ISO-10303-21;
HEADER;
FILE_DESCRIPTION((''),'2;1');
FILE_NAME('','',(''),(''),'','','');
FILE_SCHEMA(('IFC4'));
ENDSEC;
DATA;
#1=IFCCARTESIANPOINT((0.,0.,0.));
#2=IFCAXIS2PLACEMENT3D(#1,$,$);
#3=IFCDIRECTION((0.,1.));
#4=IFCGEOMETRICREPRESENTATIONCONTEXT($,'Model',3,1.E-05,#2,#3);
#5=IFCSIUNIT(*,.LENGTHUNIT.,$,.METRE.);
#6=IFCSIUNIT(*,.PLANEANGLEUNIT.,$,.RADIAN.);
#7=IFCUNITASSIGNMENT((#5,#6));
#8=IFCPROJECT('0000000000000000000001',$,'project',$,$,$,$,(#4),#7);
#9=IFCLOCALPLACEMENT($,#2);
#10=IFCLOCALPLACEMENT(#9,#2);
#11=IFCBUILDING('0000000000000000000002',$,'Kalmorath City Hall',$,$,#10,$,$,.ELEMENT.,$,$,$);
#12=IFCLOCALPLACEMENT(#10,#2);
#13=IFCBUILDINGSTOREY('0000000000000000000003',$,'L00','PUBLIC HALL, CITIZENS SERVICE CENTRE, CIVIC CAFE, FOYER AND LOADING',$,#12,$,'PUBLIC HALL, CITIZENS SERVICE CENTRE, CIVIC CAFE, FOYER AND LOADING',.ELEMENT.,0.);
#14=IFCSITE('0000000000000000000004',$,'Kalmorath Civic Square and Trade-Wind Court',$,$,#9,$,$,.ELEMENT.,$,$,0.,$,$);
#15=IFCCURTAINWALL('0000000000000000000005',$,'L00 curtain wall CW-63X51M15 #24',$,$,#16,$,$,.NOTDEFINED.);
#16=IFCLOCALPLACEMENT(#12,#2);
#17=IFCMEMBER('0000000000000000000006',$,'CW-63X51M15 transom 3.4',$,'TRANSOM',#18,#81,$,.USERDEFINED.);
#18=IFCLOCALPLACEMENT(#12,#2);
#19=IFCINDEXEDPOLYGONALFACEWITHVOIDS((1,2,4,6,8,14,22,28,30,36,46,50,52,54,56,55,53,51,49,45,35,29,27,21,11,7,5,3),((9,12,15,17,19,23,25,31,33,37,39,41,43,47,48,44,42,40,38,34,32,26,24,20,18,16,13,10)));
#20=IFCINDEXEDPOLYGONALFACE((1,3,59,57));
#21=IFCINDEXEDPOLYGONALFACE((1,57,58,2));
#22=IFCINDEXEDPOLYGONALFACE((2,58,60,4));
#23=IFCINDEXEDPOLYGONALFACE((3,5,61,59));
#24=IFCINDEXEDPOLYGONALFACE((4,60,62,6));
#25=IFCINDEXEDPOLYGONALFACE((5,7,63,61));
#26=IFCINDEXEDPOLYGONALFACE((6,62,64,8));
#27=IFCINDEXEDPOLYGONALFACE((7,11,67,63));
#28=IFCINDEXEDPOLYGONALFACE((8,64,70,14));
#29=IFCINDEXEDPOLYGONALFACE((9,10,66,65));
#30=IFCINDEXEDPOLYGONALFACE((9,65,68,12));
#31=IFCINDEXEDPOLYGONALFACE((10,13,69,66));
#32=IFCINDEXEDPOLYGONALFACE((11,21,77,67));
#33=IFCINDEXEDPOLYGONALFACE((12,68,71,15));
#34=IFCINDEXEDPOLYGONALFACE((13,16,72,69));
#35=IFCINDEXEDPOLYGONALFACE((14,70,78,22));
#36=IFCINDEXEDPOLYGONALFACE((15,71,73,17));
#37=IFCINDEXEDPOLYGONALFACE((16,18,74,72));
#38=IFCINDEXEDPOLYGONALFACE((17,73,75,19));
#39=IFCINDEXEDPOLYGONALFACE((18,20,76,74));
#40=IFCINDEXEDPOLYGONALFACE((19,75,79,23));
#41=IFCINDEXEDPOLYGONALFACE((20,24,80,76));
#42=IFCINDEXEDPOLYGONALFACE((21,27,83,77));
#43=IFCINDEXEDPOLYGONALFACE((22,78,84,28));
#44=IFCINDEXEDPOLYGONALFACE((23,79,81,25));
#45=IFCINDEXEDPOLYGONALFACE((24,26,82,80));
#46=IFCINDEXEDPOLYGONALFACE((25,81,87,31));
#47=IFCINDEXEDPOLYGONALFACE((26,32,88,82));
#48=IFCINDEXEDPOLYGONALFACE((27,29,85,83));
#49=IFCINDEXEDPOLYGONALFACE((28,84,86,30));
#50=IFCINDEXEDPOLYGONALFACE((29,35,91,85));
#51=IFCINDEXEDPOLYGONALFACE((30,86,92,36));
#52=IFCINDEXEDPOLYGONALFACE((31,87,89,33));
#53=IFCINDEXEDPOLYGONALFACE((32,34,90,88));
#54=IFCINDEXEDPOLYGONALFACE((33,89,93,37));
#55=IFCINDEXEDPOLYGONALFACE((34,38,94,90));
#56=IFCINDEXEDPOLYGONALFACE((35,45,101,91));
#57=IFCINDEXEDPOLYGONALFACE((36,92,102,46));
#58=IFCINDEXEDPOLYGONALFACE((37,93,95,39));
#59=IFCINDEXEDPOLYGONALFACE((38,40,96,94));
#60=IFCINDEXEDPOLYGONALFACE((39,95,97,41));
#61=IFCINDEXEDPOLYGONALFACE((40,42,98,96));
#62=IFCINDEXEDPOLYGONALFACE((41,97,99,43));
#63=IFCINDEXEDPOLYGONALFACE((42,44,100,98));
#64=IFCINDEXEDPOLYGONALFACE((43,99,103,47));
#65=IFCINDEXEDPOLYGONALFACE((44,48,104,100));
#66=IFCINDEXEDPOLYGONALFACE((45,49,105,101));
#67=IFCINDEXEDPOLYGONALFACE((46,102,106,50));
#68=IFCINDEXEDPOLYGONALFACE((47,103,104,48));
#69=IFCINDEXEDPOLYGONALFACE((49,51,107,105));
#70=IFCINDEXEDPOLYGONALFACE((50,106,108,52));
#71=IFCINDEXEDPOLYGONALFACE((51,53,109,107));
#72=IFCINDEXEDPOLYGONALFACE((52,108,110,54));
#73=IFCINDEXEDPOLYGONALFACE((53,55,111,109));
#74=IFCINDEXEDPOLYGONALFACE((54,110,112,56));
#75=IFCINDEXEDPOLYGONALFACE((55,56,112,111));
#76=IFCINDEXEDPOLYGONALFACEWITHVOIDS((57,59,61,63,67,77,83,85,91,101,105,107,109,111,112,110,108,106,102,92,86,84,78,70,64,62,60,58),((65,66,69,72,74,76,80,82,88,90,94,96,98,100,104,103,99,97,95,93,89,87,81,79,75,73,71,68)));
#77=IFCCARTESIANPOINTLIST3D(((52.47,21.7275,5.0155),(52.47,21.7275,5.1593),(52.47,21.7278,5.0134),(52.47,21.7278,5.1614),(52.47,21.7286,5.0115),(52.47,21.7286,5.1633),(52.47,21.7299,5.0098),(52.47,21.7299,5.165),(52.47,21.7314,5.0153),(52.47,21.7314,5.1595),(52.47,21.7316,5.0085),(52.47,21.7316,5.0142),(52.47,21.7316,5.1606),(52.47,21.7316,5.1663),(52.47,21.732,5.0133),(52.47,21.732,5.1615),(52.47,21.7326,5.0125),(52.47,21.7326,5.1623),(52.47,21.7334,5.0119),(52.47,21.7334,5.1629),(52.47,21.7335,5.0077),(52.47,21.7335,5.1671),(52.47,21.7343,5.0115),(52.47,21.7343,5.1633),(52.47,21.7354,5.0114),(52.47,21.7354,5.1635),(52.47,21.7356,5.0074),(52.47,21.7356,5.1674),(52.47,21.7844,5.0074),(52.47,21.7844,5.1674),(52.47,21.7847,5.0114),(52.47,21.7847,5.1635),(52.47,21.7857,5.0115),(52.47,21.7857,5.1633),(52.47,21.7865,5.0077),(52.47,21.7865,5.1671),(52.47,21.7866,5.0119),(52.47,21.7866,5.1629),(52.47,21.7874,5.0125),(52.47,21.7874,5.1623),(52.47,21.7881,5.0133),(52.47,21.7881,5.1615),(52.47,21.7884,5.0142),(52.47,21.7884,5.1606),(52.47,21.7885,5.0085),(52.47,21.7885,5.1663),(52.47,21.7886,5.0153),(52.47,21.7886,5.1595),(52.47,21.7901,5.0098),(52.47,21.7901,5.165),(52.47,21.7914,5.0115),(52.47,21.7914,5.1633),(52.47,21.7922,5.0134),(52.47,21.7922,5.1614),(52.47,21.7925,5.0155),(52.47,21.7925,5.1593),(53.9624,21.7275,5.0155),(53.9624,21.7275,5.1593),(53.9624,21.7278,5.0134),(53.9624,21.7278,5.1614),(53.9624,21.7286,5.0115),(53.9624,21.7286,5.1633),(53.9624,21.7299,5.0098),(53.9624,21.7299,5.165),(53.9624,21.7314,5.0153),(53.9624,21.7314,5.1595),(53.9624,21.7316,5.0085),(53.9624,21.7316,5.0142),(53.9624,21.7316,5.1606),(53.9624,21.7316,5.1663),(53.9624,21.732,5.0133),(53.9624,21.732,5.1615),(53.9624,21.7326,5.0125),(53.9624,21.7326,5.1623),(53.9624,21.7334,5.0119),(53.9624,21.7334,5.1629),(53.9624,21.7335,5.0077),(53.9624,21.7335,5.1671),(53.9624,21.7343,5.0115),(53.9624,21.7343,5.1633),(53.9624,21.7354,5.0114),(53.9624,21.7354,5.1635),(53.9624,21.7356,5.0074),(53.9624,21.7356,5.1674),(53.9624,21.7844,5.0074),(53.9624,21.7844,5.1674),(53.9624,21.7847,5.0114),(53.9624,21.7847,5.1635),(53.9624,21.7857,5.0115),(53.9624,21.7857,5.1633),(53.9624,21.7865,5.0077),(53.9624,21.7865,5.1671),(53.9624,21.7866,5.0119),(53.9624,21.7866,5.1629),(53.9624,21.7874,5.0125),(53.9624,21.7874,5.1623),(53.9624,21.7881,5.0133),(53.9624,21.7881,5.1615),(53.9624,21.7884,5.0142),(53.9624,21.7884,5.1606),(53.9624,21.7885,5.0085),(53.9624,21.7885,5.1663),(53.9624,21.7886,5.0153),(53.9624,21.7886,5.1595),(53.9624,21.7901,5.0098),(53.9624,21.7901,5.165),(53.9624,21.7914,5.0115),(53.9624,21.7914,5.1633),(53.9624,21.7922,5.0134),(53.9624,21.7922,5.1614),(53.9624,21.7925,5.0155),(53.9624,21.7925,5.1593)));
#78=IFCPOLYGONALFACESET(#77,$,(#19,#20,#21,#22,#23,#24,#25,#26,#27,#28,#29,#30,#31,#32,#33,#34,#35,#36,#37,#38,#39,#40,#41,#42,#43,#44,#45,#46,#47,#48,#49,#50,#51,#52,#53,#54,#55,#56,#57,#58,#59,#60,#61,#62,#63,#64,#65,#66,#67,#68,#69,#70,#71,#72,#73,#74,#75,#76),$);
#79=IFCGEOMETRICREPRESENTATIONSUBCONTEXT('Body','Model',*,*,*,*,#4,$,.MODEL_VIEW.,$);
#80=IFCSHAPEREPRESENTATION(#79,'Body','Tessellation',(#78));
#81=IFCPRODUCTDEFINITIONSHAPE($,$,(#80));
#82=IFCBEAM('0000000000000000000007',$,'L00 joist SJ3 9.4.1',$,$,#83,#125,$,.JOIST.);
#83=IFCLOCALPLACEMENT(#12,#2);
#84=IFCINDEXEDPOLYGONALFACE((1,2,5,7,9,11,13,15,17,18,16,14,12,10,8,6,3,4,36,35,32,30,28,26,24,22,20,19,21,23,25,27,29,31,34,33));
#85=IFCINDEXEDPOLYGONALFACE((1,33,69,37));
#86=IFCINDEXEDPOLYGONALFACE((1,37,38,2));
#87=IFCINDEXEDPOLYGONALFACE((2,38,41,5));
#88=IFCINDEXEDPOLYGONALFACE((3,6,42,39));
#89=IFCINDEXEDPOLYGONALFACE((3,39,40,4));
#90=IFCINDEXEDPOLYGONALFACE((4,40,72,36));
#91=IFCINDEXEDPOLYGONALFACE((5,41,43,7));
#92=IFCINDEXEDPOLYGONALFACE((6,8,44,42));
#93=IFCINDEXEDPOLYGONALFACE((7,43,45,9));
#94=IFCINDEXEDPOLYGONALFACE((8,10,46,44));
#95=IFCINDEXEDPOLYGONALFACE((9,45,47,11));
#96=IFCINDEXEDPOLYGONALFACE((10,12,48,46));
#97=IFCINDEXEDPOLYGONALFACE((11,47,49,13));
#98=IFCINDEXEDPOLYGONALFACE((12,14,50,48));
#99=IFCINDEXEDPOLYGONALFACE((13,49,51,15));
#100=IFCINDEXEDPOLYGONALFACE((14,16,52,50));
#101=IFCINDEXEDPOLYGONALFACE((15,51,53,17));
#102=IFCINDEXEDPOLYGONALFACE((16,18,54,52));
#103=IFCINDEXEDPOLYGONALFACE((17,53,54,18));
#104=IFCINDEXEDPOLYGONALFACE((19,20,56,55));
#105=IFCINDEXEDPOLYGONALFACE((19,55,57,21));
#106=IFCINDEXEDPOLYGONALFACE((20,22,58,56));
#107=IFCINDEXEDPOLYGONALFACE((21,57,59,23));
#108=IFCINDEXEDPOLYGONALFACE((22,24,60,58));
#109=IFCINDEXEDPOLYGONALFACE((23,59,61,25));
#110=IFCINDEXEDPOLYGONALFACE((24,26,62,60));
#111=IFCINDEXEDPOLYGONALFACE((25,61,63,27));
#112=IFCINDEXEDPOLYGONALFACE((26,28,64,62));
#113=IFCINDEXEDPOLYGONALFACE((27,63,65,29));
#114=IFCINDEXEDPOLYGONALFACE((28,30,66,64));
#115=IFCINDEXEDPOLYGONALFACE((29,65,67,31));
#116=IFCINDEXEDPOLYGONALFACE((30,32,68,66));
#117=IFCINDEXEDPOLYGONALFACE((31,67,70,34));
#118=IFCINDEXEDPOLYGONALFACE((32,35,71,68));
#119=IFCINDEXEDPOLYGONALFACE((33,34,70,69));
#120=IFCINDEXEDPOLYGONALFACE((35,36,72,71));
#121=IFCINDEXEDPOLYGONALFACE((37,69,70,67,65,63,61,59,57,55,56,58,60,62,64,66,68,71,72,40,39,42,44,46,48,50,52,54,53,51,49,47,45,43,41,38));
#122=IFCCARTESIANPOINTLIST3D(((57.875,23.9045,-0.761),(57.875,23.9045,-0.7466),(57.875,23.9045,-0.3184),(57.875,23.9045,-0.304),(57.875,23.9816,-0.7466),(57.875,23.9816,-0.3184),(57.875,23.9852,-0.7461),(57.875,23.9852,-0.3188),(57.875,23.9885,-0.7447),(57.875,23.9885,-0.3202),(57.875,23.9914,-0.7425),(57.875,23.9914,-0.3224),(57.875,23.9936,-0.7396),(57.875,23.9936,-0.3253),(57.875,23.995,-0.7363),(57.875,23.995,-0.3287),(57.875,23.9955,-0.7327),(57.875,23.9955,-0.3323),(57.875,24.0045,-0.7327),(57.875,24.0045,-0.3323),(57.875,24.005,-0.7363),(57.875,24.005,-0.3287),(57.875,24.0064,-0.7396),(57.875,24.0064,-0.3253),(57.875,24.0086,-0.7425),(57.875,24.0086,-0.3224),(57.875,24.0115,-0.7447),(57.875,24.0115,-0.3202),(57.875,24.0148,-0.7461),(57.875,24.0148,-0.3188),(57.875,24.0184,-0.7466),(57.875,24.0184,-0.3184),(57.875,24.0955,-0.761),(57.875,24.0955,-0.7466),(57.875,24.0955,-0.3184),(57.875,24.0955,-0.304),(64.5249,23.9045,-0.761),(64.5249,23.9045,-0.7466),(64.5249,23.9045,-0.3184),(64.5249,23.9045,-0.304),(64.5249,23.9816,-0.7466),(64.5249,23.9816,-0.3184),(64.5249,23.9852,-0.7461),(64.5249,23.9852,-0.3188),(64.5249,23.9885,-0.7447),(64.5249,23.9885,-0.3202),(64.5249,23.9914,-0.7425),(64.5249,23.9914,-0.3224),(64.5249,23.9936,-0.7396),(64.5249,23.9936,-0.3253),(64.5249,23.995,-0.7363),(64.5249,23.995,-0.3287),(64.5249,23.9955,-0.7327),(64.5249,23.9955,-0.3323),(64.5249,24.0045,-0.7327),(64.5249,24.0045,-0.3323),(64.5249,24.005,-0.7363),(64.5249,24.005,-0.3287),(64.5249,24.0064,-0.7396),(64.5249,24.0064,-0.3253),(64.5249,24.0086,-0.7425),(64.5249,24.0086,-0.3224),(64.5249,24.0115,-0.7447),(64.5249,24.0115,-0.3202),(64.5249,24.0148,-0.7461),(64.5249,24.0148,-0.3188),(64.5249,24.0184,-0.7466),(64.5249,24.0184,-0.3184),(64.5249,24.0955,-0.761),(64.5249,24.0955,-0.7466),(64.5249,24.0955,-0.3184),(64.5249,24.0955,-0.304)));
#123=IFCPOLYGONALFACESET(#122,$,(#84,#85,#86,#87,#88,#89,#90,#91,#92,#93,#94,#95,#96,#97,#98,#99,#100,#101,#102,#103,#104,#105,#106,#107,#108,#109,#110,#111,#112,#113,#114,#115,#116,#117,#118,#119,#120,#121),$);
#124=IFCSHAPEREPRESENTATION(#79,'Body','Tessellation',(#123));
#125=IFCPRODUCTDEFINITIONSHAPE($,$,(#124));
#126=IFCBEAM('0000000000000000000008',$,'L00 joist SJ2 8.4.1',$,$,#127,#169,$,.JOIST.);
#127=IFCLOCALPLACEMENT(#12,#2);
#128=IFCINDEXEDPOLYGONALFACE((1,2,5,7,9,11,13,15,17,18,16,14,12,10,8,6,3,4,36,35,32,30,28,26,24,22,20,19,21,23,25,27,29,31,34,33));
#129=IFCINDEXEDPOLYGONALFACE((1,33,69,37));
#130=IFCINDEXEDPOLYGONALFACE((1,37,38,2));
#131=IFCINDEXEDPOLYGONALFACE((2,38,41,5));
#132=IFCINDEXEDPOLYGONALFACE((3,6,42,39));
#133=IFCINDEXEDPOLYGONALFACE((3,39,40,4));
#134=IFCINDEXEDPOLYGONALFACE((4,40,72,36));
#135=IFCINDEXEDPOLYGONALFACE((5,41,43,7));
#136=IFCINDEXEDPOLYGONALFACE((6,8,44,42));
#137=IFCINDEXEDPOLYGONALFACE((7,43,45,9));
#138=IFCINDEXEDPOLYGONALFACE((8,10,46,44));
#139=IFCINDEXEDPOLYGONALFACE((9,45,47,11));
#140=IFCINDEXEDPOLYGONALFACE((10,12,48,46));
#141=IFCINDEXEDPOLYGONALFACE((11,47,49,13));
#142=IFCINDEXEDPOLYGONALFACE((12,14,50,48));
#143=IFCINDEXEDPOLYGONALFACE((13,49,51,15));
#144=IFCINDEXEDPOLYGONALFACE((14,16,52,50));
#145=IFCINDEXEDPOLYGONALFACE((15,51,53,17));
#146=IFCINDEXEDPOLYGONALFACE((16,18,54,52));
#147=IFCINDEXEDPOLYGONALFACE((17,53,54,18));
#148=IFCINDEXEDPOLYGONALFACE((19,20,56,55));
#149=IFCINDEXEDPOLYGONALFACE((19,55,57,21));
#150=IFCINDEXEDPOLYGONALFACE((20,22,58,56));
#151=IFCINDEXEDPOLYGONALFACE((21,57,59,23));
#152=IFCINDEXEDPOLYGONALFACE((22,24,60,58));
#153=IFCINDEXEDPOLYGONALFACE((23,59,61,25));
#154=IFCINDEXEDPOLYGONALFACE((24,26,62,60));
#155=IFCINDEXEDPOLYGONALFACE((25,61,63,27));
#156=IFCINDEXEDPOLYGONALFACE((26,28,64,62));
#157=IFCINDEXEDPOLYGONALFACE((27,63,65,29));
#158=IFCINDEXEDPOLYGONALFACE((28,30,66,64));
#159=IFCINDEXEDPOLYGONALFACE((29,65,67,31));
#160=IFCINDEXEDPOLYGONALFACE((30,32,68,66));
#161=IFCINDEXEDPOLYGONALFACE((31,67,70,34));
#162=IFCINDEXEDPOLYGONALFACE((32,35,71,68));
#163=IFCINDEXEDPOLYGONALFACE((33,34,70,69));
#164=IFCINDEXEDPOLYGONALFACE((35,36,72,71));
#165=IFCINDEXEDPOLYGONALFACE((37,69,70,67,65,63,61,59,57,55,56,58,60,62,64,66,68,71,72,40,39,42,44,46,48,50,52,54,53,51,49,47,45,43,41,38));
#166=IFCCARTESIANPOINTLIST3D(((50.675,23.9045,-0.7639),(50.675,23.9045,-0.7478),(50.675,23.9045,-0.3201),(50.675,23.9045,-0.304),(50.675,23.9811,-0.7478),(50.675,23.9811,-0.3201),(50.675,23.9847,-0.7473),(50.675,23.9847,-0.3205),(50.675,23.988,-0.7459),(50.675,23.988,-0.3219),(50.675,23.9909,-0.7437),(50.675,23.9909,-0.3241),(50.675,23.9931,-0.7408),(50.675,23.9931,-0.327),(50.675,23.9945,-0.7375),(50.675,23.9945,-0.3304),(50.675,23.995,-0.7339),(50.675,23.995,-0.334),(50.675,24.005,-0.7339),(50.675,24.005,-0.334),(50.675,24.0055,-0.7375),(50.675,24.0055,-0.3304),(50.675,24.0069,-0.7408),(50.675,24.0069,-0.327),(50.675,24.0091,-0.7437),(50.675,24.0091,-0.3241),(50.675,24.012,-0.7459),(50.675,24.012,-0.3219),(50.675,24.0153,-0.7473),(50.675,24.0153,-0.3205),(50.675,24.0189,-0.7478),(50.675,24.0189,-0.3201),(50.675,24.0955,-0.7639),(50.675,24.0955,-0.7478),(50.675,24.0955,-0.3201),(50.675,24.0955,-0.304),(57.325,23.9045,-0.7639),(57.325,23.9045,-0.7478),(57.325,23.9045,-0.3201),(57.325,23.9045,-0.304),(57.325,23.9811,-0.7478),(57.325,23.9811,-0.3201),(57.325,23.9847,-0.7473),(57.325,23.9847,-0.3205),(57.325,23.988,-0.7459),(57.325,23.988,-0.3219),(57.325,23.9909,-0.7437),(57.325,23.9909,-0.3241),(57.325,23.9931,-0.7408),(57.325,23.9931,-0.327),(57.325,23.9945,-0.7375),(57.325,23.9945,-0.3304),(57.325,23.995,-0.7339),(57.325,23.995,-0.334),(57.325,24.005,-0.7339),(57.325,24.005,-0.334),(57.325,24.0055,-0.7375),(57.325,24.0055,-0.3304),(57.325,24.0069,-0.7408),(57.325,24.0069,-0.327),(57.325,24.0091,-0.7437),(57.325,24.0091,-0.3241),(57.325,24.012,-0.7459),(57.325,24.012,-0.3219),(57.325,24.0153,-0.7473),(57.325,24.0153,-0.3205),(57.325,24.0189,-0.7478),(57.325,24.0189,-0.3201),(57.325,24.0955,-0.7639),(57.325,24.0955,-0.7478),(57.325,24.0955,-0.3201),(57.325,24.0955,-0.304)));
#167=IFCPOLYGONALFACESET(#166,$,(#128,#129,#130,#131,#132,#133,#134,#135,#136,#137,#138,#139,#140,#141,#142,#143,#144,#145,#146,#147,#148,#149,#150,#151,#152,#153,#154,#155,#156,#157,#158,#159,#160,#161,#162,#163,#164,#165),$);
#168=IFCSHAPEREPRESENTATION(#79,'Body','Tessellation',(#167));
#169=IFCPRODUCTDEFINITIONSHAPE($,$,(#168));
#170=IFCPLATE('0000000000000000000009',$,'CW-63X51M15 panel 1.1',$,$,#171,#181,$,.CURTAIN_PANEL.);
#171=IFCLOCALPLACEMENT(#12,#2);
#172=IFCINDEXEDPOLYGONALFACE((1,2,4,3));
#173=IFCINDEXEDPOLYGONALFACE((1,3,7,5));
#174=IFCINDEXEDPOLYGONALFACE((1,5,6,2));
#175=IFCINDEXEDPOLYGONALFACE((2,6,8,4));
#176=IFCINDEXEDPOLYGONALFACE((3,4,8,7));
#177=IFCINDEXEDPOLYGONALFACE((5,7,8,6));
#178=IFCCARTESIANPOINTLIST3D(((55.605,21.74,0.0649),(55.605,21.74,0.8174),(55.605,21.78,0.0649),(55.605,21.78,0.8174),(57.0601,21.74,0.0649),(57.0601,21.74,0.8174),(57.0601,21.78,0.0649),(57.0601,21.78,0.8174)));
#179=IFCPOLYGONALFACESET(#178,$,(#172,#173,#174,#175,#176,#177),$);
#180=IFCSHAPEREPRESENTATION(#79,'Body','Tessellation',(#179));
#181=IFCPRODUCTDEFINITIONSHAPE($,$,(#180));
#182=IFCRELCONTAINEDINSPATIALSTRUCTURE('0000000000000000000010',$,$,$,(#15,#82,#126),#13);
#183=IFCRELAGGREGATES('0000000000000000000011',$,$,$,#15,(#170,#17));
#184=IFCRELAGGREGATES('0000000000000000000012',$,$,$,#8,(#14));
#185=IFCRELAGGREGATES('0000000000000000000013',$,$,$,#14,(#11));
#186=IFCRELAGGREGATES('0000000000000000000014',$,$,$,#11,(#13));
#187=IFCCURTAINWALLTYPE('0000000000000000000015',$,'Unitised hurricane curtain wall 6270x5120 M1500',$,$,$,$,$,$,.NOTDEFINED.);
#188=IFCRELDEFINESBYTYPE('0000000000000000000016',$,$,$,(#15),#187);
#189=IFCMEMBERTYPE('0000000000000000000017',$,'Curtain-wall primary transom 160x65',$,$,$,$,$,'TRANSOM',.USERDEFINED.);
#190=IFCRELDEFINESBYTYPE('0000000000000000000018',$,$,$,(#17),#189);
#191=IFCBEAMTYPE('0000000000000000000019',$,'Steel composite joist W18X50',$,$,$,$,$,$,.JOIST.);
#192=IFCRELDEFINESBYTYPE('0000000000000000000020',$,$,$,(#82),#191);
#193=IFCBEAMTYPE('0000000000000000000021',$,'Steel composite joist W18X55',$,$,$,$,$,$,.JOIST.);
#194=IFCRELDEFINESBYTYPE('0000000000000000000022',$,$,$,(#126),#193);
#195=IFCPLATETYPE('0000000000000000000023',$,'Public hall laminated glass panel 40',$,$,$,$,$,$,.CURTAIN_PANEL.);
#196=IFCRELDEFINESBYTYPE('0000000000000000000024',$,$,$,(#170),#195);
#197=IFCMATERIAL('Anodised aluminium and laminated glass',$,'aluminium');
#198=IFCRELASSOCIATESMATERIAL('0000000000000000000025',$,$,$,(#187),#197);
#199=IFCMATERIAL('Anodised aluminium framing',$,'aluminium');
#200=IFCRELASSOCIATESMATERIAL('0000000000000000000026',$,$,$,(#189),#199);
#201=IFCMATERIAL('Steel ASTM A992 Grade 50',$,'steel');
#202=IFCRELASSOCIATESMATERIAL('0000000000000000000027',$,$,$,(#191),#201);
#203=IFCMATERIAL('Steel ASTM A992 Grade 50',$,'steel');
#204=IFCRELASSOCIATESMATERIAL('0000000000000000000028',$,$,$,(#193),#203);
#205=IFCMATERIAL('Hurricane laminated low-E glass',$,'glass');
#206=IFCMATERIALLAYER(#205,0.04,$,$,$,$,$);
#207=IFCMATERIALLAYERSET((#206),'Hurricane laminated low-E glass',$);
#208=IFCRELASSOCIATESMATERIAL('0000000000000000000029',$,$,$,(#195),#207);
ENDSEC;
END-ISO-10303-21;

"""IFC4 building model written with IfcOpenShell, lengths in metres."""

from ifc_helpers import new_model, si_unit, direction, frame, origin, origin_2d, place, context, subcontext, project, spatial, rectangle, hollow_rectangle, i_section, extrude, material, layer, layer_set, material_profile, profile_set, type_object, element, aggregate, save


model = new_model("IFC4")

# Units and contexts
model_context = context("Model", 3, precision=1e-05, world=origin(), true_north=direction((0.0, 1.0)))
body_context = subcontext(model_context, "Body", "Model", "MODEL_VIEW")
ifc_project = project(units=[si_unit("LENGTHUNIT", "METRE"), si_unit("PLANEANGLEUNIT", "RADIAN")], contexts=[model_context])

# Site, building, storey
site_placement = place(None, origin())
site = spatial("IfcSite", under=ifc_project, at=site_placement, Name="Kalmorath Civic Square and Trade-Wind Court", CompositionType="ELEMENT", RefElevation=0.0)
building_placement = place(site_placement, origin())
building = spatial("IfcBuilding", under=site, at=building_placement, Name="Kalmorath City Hall", CompositionType="ELEMENT")
storey_placement = place(building_placement, origin())
storey = spatial("IfcBuildingStorey", under=building, at=storey_placement, Name="L00", Description="PUBLIC HALL, CITIZENS SERVICE CENTRE, CIVIC CAFE, FOYER AND LOADING", LongName="PUBLIC HALL, CITIZENS SERVICE CENTRE, CIVIC CAFE, FOYER AND LOADING", CompositionType="ELEMENT", Elevation=0.0)

# Curtain wall, member
ifc_material_1 = material(Name="Anodised aluminium and laminated glass", Category="aluminium")
curtain_wall_type = type_object("IfcCurtainWallType", Name="Unitised hurricane curtain wall 6270x5120 M1500", PredefinedType="NOTDEFINED", material=ifc_material_1)
curtain_wall_placement = place(storey_placement, origin())
curtain_wall = element("IfcCurtainWall", 1, at=curtain_wall_placement, inside=storey, type_object=curtain_wall_type, Name="L00 curtain wall CW-63X51M15 #24", PredefinedType="NOTDEFINED")
ifc_material_2 = material(Name="Anodised aluminium framing", Category="aluminium")
ifc_material_profile_1 = material_profile(ifc_material_2, hollow_rectangle(XDim=0.0649, YDim=0.1599, WallThickness=0.0039, InnerFilletRadius=0.0039, OuterFilletRadius=0.0081, at=origin_2d()), Name="ALU-TRN-160X65X4")
ifc_profile_set_1 = profile_set([ifc_material_profile_1], Name="Anodised aluminium framing")
member_type_1 = type_object("IfcMemberType", Name="Curtain-wall primary transom 160x65", ElementType="TRANSOM", PredefinedType="USERDEFINED", material=ifc_profile_set_1)
member_1_placement = place(storey_placement, frame((53.9624, 21.76, 5.0874), z_axis=(-1.0, 0.0, 0.0), x_axis=(0.0, -1.0, 0.0)))
member_1 = element("IfcMember", 2, at=member_1_placement, type_object=member_type_1, Name="CW-63X51M15 transom 3.4", ObjectType="TRANSOM", PredefinedType="USERDEFINED", context=body_context, shape_type="SweptSolid", body=[
    extrude(hollow_rectangle(XDim=0.0649, YDim=0.1599, WallThickness=0.0039, InnerFilletRadius=0.0039, OuterFilletRadius=0.0081, at=origin_2d()), origin(), (0.0, 0.0, 1.0), 1.4924),
])

# Beams
ifc_material_3 = material(Name="Steel ASTM A992 Grade 50", Category="steel")
ifc_material_profile_2 = material_profile(ifc_material_3, i_section(OverallWidth=0.1909, OverallDepth=0.457, WebThickness=0.009, FlangeThickness=0.0144, FilletRadius=0.0139, at=origin_2d()), Name="W18X50")
ifc_profile_set_2 = profile_set([ifc_material_profile_2], Name="Steel ASTM A992 Grade 50")
beam_type_1 = type_object("IfcBeamType", Name="Steel composite joist W18X50", PredefinedType="JOIST", material=ifc_profile_set_2)
beam_1_placement = place(storey_placement, frame((57.875, 24.0, -0.5325), z_axis=(1.0, 0.0, 0.0), x_axis=(0.0, 1.0, 0.0)))
element("IfcBeam", 3, at=beam_1_placement, inside=storey, type_object=beam_type_1, Name="L00 joist SJ3 9.4.1", PredefinedType="JOIST", context=body_context, shape_type="SweptSolid", body=[
    extrude(i_section(OverallWidth=0.1909, OverallDepth=0.457, WebThickness=0.009, FlangeThickness=0.0144, FilletRadius=0.0139, at=origin_2d()), origin(), (0.0, 0.0, 1.0), 6.6499),
])
ifc_material_4 = material(Name="Steel ASTM A992 Grade 50", Category="steel")
ifc_material_profile_3 = material_profile(ifc_material_4, i_section(OverallWidth=0.1909, OverallDepth=0.46, WebThickness=0.01, FlangeThickness=0.0161, FilletRadius=0.0139, at=origin_2d()), Name="W18X55")
ifc_profile_set_3 = profile_set([ifc_material_profile_3], Name="Steel ASTM A992 Grade 50")
beam_type_2 = type_object("IfcBeamType", Name="Steel composite joist W18X55", PredefinedType="JOIST", material=ifc_profile_set_3)
beam_2_placement = place(storey_placement, frame((50.675, 24.0, -0.5339), z_axis=(1.0, 0.0, 0.0), x_axis=(0.0, 1.0, 0.0)))
element("IfcBeam", 4, at=beam_2_placement, inside=storey, type_object=beam_type_2, Name="L00 joist SJ2 8.4.1", PredefinedType="JOIST", context=body_context, shape_type="SweptSolid", body=[
    extrude(i_section(OverallWidth=0.1909, OverallDepth=0.46, WebThickness=0.01, FlangeThickness=0.0161, FilletRadius=0.0139, at=origin_2d()), origin(), (0.0, 0.0, 1.0), 6.6499),
])

# Plate
ifc_material_5 = material(Name="Hurricane laminated low-E glass", Category="glass")
ifc_layer_1 = layer(ifc_material_5, 0.04)
ifc_layer_set_1 = layer_set([ifc_layer_1], Name="Hurricane laminated low-E glass")
plate_type = type_object("IfcPlateType", Name="Public hall laminated glass panel 40", PredefinedType="CURTAIN_PANEL", material=ifc_layer_set_1)
plate_1_placement = place(storey_placement, frame((56.3325, 21.76, 0.0649), z_axis=(0.0, 0.0, 1.0), x_axis=(-1.0, 0.0, 0.0)))
plate_1 = element("IfcPlate", 5, at=plate_1_placement, type_object=plate_type, Name="CW-63X51M15 panel 1.1", PredefinedType="CURTAIN_PANEL", context=body_context, shape_type="SweptSolid", body=[
    extrude(rectangle(XDim=1.4551, YDim=0.04, at=origin_2d()), origin(), (0.0, 0.0, 1.0), 0.7524),
])
aggregate(curtain_wall, [plate_1, member_1])

save(model, "model.ifc")
